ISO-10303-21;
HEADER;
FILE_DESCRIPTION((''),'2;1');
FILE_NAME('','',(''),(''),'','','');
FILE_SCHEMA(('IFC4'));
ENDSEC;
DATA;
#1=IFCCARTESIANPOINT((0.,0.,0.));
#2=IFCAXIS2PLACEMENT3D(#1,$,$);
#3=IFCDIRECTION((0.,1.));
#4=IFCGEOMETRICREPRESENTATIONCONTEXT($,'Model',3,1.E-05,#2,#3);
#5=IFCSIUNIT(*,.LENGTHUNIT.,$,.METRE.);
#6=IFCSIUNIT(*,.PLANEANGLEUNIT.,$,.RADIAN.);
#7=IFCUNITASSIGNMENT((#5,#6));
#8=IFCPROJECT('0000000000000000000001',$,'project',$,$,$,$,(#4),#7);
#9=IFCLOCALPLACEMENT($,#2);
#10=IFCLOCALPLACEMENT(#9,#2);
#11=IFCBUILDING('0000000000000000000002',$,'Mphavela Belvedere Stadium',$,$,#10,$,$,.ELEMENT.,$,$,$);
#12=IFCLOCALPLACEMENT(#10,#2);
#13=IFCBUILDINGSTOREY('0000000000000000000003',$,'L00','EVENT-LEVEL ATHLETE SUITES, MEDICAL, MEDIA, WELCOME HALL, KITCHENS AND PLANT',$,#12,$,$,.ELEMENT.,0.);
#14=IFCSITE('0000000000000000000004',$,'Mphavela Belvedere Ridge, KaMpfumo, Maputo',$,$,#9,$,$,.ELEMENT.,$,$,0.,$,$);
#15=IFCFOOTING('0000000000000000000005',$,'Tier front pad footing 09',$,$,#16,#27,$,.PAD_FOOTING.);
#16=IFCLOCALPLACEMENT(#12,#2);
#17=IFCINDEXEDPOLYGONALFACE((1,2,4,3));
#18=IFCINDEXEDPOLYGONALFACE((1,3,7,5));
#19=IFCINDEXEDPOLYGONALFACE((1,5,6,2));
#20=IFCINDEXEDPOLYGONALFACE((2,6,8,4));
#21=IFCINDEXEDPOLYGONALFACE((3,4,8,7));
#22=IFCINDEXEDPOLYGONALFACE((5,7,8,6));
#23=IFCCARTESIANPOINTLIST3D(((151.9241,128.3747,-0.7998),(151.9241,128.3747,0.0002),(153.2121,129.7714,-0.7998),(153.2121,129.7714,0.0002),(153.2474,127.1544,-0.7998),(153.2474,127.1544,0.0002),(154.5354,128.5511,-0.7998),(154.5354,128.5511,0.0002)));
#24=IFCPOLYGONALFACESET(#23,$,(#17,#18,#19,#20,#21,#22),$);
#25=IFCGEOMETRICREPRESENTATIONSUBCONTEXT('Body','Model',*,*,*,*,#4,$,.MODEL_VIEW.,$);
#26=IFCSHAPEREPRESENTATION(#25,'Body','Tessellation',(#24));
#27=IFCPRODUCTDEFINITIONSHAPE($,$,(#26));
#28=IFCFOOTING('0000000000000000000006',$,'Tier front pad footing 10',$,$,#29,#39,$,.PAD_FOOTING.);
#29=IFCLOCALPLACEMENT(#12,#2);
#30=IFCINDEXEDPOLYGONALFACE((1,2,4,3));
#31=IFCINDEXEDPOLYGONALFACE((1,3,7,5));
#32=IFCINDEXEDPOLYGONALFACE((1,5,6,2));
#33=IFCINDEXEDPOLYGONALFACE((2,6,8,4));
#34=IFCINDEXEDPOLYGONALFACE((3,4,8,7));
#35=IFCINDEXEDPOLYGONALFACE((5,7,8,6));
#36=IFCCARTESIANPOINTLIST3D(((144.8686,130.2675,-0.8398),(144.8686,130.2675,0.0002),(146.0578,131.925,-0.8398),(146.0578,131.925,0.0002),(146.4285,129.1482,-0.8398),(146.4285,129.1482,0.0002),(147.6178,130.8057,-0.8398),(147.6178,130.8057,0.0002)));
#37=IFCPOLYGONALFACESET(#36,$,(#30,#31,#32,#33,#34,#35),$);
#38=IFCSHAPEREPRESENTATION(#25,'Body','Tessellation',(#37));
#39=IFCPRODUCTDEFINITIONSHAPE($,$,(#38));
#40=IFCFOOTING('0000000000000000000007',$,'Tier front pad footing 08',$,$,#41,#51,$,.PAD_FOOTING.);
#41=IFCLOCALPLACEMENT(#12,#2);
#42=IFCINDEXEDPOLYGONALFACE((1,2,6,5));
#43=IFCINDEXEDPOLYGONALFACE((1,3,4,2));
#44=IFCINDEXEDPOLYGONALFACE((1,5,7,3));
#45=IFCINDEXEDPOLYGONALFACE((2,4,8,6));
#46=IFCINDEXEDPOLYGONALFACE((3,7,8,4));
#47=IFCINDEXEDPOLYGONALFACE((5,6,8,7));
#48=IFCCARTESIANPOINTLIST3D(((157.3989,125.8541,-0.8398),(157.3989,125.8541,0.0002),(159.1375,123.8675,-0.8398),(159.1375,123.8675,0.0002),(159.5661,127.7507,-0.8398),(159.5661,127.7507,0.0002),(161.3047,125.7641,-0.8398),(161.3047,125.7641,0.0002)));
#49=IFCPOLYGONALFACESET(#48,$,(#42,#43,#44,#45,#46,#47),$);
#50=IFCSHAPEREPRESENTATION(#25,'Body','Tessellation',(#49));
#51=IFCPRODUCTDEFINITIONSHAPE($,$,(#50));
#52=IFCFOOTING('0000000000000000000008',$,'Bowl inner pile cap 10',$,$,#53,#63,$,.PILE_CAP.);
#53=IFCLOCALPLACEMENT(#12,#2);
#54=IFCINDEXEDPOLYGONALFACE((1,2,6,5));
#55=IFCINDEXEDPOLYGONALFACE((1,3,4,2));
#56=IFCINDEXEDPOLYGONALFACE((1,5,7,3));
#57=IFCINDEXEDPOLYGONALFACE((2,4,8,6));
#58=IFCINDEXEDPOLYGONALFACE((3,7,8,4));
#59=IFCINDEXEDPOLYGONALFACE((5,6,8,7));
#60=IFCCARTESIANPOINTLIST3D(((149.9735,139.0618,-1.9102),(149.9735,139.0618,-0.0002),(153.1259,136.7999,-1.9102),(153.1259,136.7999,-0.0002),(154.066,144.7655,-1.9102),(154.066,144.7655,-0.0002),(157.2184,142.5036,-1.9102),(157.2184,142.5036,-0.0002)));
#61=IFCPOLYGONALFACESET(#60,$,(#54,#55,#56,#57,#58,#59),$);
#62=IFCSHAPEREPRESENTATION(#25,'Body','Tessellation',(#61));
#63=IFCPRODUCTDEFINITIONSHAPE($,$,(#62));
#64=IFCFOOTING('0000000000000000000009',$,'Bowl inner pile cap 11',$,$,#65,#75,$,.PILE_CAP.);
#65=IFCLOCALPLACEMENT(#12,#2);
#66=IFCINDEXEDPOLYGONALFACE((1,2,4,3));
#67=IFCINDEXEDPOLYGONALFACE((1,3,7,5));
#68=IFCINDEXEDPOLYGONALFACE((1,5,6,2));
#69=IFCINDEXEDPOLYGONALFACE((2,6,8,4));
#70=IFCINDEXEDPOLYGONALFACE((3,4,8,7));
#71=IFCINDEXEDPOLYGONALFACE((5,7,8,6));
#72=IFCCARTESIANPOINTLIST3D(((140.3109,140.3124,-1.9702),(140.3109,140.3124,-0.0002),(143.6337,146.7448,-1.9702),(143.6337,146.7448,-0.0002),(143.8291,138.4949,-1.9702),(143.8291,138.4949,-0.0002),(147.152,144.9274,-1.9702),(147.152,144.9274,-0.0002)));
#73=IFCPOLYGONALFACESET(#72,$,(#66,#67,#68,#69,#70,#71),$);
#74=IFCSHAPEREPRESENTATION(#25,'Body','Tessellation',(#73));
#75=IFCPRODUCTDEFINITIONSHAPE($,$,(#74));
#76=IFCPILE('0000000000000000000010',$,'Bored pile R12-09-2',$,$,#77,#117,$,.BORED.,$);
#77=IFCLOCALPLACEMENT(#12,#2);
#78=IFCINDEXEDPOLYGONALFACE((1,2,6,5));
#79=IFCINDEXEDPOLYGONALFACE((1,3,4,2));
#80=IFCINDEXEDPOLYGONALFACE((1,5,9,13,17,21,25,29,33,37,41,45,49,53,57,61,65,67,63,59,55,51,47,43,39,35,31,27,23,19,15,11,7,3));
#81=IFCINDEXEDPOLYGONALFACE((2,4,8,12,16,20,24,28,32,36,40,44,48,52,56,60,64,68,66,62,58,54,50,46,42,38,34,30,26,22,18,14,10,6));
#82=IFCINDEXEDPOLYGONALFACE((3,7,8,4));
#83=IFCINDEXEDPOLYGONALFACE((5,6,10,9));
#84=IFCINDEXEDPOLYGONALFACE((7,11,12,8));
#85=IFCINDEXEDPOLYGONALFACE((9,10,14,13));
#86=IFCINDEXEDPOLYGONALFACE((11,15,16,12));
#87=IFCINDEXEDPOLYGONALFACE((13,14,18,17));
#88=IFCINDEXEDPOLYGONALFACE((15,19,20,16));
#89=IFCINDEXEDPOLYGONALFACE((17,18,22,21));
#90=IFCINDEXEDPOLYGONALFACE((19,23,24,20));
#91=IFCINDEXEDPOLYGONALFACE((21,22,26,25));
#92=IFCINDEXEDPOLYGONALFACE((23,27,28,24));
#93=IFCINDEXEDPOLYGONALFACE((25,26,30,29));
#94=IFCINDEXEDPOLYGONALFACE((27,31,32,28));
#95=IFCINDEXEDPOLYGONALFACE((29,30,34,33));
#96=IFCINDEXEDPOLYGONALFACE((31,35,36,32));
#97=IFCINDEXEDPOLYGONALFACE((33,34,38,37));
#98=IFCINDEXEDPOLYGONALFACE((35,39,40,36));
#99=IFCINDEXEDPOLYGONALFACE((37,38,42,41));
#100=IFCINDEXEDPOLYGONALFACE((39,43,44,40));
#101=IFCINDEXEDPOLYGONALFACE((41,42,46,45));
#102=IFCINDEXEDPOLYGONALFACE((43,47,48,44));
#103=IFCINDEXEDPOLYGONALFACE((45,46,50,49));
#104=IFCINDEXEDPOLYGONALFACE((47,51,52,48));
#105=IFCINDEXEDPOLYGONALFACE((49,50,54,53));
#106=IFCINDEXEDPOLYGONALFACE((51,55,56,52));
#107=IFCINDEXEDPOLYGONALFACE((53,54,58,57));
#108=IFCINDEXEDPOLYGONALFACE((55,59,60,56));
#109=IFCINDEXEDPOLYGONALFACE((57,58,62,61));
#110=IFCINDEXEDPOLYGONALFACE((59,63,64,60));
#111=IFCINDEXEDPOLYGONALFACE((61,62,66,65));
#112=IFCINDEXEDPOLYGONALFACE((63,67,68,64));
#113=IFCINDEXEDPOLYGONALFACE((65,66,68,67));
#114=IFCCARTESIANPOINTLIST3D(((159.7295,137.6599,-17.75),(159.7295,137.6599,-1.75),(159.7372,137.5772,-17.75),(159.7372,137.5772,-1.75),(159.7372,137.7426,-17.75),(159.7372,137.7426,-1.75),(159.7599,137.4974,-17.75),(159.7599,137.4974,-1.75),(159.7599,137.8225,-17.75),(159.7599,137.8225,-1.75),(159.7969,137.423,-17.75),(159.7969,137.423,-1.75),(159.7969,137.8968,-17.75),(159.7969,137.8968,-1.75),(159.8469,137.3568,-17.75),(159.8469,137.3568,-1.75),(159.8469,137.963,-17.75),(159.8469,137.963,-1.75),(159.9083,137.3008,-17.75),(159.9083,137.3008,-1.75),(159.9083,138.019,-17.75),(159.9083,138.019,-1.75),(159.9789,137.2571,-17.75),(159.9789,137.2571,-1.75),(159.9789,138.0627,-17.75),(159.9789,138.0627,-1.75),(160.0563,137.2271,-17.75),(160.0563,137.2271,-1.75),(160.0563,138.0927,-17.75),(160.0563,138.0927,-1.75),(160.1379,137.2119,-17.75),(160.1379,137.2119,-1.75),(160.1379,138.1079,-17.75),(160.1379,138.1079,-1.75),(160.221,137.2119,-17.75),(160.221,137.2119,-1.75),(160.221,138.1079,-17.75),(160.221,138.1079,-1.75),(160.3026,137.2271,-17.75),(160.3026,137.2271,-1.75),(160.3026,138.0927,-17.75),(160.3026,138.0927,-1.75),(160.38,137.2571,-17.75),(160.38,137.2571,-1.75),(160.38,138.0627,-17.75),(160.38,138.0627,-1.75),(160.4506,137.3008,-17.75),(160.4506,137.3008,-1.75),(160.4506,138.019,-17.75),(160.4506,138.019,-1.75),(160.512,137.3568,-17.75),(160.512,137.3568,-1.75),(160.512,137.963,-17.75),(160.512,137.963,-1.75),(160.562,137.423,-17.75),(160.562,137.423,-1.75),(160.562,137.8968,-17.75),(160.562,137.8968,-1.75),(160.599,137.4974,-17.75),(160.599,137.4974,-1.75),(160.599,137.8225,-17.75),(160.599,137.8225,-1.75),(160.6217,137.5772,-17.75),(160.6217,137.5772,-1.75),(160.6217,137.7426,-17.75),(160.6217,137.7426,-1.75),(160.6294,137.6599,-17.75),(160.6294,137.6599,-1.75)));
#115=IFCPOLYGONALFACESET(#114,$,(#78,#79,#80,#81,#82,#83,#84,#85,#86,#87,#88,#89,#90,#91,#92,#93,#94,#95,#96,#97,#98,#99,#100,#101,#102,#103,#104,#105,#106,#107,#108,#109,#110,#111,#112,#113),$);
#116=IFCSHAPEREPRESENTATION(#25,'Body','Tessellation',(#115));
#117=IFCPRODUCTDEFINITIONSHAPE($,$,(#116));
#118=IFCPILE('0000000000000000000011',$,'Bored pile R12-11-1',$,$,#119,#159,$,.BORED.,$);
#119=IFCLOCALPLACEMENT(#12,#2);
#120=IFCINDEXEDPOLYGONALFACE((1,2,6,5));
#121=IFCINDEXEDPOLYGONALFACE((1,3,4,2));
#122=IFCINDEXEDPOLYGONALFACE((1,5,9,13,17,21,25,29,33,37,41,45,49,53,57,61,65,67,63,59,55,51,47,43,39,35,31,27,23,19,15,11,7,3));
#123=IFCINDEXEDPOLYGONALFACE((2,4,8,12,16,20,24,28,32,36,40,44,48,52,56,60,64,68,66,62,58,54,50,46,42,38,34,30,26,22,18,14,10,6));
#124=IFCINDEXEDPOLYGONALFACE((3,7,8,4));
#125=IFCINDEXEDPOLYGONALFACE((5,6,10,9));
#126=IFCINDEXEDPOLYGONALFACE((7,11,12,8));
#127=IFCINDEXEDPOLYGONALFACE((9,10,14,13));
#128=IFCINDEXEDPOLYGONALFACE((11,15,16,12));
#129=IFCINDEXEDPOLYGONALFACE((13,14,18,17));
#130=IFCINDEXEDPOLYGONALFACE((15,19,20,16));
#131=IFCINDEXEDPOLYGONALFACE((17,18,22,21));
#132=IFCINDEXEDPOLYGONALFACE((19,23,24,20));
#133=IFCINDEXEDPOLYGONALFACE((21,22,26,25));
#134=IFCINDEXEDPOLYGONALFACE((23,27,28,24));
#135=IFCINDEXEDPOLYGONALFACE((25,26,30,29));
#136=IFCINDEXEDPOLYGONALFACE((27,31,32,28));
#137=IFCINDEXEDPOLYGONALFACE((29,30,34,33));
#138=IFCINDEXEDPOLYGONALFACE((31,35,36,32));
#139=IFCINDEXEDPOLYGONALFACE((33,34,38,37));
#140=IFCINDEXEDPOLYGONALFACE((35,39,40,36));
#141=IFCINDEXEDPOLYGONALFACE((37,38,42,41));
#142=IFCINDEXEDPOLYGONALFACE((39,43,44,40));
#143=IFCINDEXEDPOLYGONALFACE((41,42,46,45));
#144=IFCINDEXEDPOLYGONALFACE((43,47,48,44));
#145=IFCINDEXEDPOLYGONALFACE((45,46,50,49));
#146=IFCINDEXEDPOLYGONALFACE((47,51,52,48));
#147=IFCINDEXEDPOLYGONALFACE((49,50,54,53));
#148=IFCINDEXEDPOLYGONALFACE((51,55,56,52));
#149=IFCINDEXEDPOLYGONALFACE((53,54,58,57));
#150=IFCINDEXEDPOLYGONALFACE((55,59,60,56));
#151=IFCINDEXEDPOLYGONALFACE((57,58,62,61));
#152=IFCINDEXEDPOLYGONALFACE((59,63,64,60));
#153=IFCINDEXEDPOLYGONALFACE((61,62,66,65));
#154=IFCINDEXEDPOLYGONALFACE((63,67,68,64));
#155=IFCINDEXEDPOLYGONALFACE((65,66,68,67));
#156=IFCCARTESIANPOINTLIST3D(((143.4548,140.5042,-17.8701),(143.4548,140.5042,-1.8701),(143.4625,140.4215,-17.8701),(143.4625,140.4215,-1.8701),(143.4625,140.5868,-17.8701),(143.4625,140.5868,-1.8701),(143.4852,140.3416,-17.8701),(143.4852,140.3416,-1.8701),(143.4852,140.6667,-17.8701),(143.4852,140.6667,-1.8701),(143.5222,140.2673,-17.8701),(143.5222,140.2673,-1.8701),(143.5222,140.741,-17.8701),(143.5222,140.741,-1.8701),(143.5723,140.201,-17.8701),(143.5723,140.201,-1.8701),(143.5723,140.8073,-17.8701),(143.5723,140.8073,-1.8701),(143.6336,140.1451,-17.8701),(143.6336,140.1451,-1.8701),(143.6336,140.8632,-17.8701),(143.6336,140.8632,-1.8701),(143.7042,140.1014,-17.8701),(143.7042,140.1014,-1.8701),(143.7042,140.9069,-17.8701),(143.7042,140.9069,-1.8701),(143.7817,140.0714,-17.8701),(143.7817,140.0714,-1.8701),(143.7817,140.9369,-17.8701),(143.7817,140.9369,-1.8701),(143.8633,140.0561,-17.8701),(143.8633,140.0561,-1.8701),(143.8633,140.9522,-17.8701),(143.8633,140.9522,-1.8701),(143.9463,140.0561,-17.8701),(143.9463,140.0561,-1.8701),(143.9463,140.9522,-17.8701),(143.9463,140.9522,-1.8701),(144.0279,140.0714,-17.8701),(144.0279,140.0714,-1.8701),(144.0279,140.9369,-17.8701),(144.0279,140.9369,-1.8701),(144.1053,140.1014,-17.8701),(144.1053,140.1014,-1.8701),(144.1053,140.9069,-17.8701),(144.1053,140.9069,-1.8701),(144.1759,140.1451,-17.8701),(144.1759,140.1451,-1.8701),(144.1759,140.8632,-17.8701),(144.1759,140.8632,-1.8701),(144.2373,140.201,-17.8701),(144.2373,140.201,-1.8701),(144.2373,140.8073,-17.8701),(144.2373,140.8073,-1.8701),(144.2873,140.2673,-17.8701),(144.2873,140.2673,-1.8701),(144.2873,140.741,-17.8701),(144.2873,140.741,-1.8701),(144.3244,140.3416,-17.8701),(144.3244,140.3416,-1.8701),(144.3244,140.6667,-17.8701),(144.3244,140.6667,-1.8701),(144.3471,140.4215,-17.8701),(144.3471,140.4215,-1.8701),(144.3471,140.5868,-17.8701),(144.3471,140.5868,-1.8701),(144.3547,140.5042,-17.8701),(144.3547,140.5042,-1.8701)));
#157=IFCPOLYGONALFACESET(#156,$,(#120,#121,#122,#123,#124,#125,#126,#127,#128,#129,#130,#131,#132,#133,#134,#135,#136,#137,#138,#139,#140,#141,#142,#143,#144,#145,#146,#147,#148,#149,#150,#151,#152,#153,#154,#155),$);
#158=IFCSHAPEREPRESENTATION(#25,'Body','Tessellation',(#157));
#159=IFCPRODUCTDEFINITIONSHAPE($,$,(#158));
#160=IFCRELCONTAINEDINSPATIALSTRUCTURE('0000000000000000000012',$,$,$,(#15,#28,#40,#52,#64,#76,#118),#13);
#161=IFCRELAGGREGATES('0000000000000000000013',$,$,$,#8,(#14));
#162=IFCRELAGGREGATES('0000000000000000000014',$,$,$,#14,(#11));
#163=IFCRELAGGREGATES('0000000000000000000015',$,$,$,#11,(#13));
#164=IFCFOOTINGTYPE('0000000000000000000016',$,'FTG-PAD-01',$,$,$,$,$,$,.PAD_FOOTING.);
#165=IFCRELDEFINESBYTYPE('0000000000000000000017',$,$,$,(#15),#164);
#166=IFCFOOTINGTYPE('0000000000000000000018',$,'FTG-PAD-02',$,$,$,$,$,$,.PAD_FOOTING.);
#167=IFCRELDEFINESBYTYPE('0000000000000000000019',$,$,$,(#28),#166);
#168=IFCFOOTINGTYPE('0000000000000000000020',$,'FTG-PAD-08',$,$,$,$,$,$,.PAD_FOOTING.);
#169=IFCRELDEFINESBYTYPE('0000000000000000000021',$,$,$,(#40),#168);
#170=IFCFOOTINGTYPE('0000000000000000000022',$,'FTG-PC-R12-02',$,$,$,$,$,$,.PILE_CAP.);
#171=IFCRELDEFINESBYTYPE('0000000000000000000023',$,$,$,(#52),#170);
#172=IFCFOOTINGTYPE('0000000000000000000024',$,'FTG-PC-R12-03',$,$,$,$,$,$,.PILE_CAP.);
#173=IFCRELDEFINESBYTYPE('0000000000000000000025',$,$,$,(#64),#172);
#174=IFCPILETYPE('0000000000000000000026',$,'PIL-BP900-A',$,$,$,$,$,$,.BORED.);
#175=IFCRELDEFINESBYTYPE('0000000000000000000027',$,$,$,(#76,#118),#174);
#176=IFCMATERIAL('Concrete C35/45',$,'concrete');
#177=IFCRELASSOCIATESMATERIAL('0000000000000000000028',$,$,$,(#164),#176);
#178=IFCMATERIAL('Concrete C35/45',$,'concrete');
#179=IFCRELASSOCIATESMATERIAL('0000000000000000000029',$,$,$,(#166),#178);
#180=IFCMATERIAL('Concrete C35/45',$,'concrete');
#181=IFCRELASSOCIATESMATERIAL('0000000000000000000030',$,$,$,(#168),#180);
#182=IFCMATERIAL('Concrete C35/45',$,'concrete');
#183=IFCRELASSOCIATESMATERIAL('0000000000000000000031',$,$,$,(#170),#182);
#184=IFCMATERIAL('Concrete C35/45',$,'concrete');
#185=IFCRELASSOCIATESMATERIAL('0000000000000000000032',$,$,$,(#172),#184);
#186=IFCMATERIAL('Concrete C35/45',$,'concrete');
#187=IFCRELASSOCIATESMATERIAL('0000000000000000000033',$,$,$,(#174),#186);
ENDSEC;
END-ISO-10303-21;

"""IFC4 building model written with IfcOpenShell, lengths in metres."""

from ifc_helpers import new_model, si_unit, direction, frame, origin, origin_2d, place, context, subcontext, project, spatial, rectangle, circle, extrude, material, material_profile, profile_set, type_object, element, save


model = new_model("IFC4")

# Units and contexts
model_context = context("Model", 3, precision=1e-05, world=origin(), true_north=direction((0.0, 1.0)))
body_context = subcontext(model_context, "Body", "Model", "MODEL_VIEW")
ifc_project = project(units=[si_unit("LENGTHUNIT", "METRE"), si_unit("PLANEANGLEUNIT", "RADIAN")], contexts=[model_context])

# Site, building, storey
site_placement = place(None, origin())
site = spatial("IfcSite", under=ifc_project, at=site_placement, Name="Mphavela Belvedere Ridge, KaMpfumo, Maputo", CompositionType="ELEMENT", RefElevation=0.0)
building_placement = place(site_placement, origin())
building = spatial("IfcBuilding", under=site, at=building_placement, Name="Mphavela Belvedere Stadium", CompositionType="ELEMENT")
storey_placement = place(building_placement, origin())
storey = spatial("IfcBuildingStorey", under=building, at=storey_placement, Name="L00", Description="EVENT-LEVEL ATHLETE SUITES, MEDICAL, MEDIA, WELCOME HALL, KITCHENS AND PLANT", CompositionType="ELEMENT", Elevation=0.0)

# Footings
ifc_material_1 = material(Name="Concrete C35/45", Category="concrete")
footing_type_1 = type_object("IfcFootingType", Name="FTG-PAD-01", PredefinedType="PAD_FOOTING", material=ifc_material_1)
footing_1_placement = place(storey_placement, frame((153.2297, 128.4629, -0.7998), z_axis=(0.0, 0.0, 1.0), x_axis=(0.677903, 0.735151, 0.0)))
element("IfcFooting", 1, at=footing_1_placement, inside=storey, type_object=footing_type_1, Name="Tier front pad footing 09", PredefinedType="PAD_FOOTING", context=body_context, shape_type="SweptSolid", body=[
    extrude(rectangle(XDim=1.8999, YDim=1.8, at=origin_2d()), origin(), (0.0, 0.0, 1.0), 0.8),
])
ifc_material_2 = material(Name="Concrete C35/45", Category="concrete")
footing_type_2 = type_object("IfcFootingType", Name="FTG-PAD-02", PredefinedType="PAD_FOOTING", material=ifc_material_2)
footing_2_placement = place(storey_placement, frame((146.2432, 130.5366, -0.8398), z_axis=(0.0, 0.0, 1.0), x_axis=(0.582974, 0.812491, 0.0)))
element("IfcFooting", 2, at=footing_2_placement, inside=storey, type_object=footing_type_2, Name="Tier front pad footing 10", PredefinedType="PAD_FOOTING", context=body_context, shape_type="SweptSolid", body=[
    extrude(rectangle(XDim=2.04, YDim=1.9199, at=origin_2d()), origin(), (0.0, 0.0, 1.0), 0.8401),
])
ifc_material_3 = material(Name="Concrete C35/45", Category="concrete")
footing_type_3 = type_object("IfcFootingType", Name="FTG-PAD-08", PredefinedType="PAD_FOOTING", material=ifc_material_3)
footing_3_placement = place(storey_placement, frame((159.3518, 125.8091, -0.8398), z_axis=(0.0, 0.0, 1.0), x_axis=(0.75253, 0.658558, 0.0)))
element("IfcFooting", 3, at=footing_3_placement, inside=storey, type_object=footing_type_3, Name="Tier front pad footing 08", PredefinedType="PAD_FOOTING", context=body_context, shape_type="SweptSolid", body=[
    extrude(rectangle(XDim=2.8799, YDim=2.6399, at=origin_2d()), origin(), (0.0, 0.0, 1.0), 0.8401),
])
ifc_material_4 = material(Name="Concrete C35/45", Category="concrete")
footing_type_4 = type_object("IfcFootingType", Name="FTG-PC-R12-02", PredefinedType="PILE_CAP", material=ifc_material_4)
footing_4_placement = place(storey_placement, frame((153.5959, 140.7827, -1.9102), z_axis=(0.0, 0.0, 1.0), x_axis=(0.582974, 0.812491, 0.0)))
element("IfcFooting", 4, at=footing_4_placement, inside=storey, type_object=footing_type_4, Name="Bowl inner pile cap 10", PredefinedType="PILE_CAP", context=body_context, shape_type="SweptSolid", body=[
    extrude(rectangle(XDim=7.02, YDim=3.8799, at=origin_2d()), origin(), (0.0, 0.0, 1.0), 1.9099),
])
ifc_material_5 = material(Name="Concrete C35/45", Category="concrete")
footing_type_5 = type_object("IfcFootingType", Name="FTG-PC-R12-03", PredefinedType="PILE_CAP", material=ifc_material_5)
footing_5_placement = place(storey_placement, frame((143.7314, 142.6199, -1.9702), z_axis=(0.0, 0.0, 1.0), x_axis=(0.45896, 0.888457, 0.0)))
element("IfcFooting", 5, at=footing_5_placement, inside=storey, type_object=footing_type_5, Name="Bowl inner pile cap 11", PredefinedType="PILE_CAP", context=body_context, shape_type="SweptSolid", body=[
    extrude(rectangle(XDim=7.24, YDim=3.96, at=origin_2d()), origin(), (0.0, 0.0, 1.0), 1.97),
])

# Piles
ifc_material_6 = material(Name="Concrete C35/45", Category="concrete")
ifc_material_profile_1 = material_profile(ifc_material_6, circle(Radius=0.45, at=origin_2d()), Name="BP D900")
ifc_profile_set_1 = profile_set([ifc_material_profile_1], Name="Concrete C35/45")
pile_type_1 = type_object("IfcPileType", Name="PIL-BP900-A", PredefinedType="BORED", material=ifc_profile_set_1)
for number, where, z_axis, x_axis, name in (
    (6, (160.1794, 137.6599, -1.75), (0.0, 0.0, -1.0), (1.0, 0.0, 0.0), "Bored pile R12-09-2"),
    (7, (143.9048, 140.5042, -1.8701), (0.0, 0.0, -1.0), (1.0, 0.0, 0.0), "Bored pile R12-11-1"),
):
    element("IfcPile", number, at=place(storey_placement, frame(where, z_axis=z_axis, x_axis=x_axis)), inside=storey, type_object=pile_type_1, Name=name, PredefinedType="BORED", context=body_context, shape_type="SweptSolid", body=[
        extrude(circle(Radius=0.45, at=origin_2d()), origin(), (0.0, 0.0, 1.0), 16.0),
    ])

save(model, "model.ifc")
